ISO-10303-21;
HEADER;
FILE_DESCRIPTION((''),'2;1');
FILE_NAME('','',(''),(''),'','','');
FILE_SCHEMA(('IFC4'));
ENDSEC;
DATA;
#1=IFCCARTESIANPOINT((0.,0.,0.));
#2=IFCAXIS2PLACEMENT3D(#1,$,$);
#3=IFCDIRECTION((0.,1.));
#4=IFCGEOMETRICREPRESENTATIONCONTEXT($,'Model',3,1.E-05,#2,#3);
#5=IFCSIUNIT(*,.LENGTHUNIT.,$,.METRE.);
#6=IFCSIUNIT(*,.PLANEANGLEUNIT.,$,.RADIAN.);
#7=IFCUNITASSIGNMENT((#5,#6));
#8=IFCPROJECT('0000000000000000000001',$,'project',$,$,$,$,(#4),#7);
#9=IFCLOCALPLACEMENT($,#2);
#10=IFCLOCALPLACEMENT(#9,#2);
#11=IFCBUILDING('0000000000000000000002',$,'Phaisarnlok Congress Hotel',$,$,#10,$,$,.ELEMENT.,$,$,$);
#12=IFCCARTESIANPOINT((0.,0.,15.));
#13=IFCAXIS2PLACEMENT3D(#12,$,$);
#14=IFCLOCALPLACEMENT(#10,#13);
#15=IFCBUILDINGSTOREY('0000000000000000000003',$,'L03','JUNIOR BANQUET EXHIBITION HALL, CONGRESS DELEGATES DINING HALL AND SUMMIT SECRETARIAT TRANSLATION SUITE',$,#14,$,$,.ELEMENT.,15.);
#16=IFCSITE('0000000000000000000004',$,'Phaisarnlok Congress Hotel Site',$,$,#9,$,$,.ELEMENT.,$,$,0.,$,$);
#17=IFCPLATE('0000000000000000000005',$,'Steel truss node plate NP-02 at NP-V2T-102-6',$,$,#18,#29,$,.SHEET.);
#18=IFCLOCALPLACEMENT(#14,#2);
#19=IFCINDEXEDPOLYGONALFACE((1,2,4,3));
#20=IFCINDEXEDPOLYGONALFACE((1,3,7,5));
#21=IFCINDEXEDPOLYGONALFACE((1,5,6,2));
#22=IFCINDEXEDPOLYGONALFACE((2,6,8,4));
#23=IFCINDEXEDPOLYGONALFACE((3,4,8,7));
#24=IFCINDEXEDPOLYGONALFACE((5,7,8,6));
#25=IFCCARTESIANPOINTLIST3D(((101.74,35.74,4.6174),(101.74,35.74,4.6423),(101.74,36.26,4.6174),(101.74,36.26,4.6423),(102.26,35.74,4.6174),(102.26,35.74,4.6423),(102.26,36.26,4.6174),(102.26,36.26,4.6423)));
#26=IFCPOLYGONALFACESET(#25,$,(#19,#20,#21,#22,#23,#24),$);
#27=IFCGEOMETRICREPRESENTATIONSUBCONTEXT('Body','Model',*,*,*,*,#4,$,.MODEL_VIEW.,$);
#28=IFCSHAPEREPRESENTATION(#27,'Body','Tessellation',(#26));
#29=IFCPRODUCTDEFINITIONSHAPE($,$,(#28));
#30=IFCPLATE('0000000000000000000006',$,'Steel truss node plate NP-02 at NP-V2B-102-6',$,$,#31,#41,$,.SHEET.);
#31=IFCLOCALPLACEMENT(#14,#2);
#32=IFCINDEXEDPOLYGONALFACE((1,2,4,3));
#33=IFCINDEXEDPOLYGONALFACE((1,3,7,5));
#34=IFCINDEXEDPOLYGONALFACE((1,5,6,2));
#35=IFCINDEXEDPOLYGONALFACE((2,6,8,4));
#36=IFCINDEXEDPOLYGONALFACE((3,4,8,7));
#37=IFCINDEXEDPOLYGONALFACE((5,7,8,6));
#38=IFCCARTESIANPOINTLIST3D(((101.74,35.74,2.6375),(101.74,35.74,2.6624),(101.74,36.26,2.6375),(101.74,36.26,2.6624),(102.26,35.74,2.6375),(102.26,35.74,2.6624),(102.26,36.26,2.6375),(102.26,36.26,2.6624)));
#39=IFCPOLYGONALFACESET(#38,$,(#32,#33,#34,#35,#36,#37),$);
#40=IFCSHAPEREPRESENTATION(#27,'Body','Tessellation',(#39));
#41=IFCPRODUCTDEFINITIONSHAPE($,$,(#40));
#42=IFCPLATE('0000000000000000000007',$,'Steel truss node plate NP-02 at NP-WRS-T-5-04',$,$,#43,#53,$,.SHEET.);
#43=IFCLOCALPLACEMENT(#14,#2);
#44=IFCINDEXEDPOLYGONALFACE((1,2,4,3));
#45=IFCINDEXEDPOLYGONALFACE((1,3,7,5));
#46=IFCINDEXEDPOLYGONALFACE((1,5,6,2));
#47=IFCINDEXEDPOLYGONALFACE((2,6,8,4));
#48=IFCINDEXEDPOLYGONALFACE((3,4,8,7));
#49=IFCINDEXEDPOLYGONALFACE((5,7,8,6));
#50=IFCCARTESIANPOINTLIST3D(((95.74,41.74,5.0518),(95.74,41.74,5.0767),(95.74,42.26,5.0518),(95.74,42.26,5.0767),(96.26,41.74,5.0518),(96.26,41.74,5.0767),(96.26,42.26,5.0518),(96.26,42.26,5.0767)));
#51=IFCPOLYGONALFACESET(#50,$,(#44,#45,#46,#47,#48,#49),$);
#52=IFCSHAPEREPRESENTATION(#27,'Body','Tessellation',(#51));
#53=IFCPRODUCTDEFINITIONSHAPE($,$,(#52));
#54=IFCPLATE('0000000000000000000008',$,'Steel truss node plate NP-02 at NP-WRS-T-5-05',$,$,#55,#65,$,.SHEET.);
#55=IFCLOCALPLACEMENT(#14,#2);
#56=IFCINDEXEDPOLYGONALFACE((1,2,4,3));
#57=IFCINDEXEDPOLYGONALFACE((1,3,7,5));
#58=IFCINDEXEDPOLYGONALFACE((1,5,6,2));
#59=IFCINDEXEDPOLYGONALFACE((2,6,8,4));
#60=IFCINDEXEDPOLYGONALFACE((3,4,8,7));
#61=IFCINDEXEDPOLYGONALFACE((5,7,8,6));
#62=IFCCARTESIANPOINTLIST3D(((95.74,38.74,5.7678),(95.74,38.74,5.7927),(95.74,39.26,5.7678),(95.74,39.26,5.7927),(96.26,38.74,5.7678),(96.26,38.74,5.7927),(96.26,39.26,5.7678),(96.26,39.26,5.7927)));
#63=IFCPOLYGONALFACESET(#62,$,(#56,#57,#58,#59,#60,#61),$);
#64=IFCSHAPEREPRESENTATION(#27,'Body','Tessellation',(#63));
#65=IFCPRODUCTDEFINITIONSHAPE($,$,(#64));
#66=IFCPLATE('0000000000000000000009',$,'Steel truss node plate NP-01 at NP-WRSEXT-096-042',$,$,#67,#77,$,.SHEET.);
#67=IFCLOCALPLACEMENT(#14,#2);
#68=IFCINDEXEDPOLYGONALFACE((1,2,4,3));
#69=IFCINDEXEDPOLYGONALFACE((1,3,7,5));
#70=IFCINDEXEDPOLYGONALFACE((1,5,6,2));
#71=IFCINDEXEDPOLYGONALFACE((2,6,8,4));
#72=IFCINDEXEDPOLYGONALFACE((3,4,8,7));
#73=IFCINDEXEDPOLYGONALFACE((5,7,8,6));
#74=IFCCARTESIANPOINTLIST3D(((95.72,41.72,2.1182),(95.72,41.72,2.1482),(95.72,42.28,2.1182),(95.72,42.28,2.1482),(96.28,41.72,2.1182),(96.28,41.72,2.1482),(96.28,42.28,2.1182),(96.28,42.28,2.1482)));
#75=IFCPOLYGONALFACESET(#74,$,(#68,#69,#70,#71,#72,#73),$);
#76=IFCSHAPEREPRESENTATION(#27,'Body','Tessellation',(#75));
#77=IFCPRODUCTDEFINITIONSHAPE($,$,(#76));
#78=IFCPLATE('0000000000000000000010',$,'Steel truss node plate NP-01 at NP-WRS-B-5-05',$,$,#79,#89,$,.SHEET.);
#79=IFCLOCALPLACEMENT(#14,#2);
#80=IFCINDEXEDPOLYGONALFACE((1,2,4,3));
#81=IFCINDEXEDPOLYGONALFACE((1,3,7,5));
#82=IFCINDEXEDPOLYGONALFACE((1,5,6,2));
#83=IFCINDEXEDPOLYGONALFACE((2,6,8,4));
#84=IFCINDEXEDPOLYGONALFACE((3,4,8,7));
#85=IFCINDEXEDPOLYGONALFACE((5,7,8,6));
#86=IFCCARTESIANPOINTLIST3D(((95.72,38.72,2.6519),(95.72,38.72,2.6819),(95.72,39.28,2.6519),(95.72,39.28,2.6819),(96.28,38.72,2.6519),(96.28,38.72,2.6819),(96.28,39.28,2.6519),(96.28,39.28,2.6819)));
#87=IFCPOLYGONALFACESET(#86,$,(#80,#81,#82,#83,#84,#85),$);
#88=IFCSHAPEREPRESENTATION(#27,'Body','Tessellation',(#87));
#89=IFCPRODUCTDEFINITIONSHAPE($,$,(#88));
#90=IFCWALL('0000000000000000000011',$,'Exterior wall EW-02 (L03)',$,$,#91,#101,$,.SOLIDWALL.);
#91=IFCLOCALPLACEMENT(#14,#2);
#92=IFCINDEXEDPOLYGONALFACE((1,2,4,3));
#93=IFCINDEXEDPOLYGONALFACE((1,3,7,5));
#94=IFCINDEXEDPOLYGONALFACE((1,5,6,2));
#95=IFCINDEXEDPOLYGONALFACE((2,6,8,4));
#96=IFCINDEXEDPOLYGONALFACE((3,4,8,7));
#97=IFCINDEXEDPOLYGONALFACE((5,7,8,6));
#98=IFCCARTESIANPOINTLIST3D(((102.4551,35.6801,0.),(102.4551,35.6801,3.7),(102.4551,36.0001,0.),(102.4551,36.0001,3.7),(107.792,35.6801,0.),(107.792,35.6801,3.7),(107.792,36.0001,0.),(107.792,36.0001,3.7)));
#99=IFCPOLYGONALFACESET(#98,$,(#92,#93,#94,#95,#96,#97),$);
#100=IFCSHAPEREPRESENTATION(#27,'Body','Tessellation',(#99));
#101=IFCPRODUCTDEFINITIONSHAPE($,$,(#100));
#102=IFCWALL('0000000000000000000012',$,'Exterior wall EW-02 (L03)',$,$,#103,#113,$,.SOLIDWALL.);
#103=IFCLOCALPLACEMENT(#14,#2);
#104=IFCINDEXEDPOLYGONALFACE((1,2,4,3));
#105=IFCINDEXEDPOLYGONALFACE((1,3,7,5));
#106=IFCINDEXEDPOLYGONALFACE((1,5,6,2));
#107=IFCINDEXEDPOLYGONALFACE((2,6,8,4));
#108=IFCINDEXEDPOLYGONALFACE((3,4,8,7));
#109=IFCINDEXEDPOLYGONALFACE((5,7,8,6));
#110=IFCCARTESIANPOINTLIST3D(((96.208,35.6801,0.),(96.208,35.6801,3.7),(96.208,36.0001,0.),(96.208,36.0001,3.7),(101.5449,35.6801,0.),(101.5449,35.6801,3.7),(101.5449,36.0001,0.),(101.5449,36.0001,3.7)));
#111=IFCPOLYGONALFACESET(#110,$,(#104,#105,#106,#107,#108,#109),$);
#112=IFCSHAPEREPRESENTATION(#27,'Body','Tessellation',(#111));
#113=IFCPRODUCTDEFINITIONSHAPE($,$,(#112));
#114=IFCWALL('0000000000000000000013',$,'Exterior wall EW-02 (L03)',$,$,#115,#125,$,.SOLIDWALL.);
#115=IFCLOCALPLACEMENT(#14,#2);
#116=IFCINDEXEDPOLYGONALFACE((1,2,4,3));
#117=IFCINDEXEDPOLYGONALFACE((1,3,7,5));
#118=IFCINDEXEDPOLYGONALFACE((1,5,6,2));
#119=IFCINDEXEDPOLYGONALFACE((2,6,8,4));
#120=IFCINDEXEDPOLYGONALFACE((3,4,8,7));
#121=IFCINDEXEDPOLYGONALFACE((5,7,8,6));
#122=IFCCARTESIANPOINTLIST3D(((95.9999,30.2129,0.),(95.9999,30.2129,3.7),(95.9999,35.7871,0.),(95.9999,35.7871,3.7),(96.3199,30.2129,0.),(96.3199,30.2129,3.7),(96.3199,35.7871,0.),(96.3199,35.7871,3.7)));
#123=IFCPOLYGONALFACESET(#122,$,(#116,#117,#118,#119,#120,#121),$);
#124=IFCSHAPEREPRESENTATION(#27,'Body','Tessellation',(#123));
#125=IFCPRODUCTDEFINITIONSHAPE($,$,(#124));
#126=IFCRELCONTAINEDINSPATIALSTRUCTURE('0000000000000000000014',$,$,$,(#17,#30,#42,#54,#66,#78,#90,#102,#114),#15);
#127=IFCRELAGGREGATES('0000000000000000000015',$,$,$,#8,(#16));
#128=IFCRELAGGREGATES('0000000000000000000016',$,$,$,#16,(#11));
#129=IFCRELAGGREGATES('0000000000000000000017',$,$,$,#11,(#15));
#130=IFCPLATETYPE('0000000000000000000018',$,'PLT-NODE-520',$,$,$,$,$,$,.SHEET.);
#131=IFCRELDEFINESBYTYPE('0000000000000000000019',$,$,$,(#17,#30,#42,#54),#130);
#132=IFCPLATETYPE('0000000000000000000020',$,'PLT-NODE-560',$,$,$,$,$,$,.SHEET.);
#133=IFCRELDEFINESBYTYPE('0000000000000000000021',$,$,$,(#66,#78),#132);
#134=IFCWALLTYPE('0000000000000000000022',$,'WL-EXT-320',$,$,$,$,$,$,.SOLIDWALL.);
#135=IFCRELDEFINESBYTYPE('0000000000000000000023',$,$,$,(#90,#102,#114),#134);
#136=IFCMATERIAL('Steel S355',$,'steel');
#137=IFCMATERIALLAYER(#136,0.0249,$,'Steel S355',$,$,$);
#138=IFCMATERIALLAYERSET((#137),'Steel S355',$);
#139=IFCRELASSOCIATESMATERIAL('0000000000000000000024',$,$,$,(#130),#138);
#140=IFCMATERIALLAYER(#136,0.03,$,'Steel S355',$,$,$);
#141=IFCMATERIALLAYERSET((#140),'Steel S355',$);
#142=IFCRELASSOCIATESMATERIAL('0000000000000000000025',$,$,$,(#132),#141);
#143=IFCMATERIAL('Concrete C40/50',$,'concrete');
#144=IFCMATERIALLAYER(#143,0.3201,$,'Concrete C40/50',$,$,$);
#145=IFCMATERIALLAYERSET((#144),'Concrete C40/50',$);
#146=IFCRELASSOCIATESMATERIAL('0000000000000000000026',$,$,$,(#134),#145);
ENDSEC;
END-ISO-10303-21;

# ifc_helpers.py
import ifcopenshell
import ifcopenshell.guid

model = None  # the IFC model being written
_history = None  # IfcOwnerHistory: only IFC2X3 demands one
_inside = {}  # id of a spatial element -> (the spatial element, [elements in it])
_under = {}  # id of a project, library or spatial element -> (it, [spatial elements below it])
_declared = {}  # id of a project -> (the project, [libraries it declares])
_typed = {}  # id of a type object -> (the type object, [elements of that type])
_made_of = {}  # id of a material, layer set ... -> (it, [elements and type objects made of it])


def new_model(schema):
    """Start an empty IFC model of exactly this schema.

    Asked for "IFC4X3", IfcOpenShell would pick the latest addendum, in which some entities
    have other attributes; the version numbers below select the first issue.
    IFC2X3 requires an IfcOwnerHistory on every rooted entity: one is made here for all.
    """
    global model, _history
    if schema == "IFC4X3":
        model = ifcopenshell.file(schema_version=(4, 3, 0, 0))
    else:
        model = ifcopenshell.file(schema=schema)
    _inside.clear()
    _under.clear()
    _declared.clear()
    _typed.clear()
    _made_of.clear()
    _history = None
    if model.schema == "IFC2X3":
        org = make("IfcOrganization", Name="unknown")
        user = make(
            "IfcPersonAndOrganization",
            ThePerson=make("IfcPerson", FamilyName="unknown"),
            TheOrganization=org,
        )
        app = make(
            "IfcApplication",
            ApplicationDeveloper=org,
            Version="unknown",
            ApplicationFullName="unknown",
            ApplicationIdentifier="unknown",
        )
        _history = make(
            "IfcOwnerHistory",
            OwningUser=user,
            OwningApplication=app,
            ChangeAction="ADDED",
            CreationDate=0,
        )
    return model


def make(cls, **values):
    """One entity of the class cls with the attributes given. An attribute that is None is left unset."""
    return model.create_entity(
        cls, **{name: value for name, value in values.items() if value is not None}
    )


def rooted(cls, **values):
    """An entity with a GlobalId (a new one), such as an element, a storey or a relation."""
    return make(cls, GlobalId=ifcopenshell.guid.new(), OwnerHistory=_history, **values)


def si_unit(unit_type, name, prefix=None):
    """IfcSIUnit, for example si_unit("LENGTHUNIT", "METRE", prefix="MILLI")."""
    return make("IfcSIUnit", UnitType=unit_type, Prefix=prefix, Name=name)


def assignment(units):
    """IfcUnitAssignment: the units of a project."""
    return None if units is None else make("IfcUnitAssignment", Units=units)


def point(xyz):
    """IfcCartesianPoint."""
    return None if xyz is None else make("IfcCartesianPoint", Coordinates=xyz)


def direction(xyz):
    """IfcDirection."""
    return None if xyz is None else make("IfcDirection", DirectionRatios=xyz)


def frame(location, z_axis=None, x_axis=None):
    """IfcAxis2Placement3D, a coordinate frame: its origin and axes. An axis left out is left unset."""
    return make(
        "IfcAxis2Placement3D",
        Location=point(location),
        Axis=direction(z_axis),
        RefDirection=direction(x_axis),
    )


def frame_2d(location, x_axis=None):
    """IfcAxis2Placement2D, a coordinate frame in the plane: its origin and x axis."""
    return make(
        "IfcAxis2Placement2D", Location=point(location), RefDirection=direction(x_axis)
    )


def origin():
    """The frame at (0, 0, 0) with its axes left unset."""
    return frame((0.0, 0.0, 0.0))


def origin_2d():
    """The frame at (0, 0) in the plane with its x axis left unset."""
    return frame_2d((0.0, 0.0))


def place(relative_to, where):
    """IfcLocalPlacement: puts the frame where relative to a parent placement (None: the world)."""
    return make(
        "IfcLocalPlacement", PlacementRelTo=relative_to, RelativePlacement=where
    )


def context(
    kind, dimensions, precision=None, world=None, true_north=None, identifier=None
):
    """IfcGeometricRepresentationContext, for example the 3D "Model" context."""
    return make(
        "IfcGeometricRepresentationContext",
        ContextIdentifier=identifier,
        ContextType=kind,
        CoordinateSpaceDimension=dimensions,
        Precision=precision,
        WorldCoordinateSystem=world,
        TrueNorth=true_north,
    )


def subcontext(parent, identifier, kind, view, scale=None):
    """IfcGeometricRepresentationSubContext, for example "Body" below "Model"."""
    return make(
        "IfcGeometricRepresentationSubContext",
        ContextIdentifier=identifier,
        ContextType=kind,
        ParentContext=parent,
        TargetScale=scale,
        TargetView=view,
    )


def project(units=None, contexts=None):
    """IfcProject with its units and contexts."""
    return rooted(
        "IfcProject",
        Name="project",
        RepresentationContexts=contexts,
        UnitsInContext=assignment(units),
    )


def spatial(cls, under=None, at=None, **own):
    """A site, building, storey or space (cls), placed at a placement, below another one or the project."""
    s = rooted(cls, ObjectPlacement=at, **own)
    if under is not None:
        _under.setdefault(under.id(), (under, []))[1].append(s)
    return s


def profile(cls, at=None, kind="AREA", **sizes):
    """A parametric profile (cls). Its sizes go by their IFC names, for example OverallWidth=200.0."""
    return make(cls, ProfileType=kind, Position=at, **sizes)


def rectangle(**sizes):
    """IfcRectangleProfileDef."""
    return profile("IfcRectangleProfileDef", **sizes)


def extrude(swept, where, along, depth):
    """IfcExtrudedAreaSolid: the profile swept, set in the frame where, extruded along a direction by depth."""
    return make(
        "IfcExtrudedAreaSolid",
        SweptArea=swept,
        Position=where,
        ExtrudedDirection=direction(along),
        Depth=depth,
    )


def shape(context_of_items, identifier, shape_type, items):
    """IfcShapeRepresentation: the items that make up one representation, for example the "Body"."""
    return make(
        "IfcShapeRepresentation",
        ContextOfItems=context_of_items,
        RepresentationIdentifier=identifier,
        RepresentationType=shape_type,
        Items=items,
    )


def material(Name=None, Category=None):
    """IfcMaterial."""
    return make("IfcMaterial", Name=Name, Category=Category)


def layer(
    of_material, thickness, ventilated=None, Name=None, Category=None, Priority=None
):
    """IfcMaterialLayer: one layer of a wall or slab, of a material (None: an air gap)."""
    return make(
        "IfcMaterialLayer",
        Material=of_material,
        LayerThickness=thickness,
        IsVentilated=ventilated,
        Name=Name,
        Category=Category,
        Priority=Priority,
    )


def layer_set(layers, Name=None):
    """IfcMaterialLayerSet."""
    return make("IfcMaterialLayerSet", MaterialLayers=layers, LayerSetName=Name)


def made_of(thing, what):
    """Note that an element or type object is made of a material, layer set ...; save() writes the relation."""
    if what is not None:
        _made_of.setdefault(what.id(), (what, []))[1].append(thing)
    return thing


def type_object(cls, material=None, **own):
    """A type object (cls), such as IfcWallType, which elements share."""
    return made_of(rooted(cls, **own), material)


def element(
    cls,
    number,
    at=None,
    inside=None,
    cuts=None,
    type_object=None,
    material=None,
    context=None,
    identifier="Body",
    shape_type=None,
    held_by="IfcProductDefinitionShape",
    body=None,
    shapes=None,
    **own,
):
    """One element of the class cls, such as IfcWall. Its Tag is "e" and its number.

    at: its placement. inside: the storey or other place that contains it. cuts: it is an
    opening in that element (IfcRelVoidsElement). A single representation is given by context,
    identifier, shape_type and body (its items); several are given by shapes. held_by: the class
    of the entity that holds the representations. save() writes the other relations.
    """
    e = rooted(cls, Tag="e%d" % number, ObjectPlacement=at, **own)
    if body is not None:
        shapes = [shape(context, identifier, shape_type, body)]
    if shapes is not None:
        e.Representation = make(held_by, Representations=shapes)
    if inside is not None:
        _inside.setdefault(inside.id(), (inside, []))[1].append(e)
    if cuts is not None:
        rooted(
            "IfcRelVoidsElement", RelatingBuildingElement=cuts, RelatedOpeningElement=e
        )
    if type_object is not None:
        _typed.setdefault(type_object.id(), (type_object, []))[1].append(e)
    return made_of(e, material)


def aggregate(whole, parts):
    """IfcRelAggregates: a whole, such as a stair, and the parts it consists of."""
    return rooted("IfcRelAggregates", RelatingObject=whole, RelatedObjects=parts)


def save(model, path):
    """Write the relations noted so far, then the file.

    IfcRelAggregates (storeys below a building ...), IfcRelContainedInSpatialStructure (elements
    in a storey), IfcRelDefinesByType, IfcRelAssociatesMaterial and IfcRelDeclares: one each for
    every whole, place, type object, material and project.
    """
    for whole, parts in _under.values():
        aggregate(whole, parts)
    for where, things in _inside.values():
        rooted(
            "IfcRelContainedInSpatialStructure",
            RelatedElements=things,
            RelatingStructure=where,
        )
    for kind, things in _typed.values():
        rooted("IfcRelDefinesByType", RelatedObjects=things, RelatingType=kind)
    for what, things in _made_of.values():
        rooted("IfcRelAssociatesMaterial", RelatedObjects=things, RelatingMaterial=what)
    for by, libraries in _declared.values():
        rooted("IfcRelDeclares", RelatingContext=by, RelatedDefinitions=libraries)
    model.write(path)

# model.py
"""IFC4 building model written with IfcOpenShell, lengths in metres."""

from ifc_helpers import new_model, si_unit, direction, frame, frame_2d, origin, origin_2d, place, context, subcontext, project, spatial, rectangle, extrude, material, layer, layer_set, type_object, element, save


model = new_model("IFC4")

# Units and contexts
model_context = context("Model", 3, precision=1e-05, world=origin(), true_north=direction((0.0, 1.0)))
body_context = subcontext(model_context, "Body", "Model", "MODEL_VIEW")
ifc_project = project(units=[si_unit("LENGTHUNIT", "METRE"), si_unit("PLANEANGLEUNIT", "RADIAN")], contexts=[model_context])

# Site, building, storey
site_placement = place(None, origin())
site = spatial("IfcSite", under=ifc_project, at=site_placement, Name="Phaisarnlok Congress Hotel Site", CompositionType="ELEMENT", RefElevation=0.0)
building_placement = place(site_placement, origin())
building = spatial("IfcBuilding", under=site, at=building_placement, Name="Phaisarnlok Congress Hotel", CompositionType="ELEMENT")
storey_placement = place(building_placement, frame((0.0, 0.0, 15.0)))
storey = spatial("IfcBuildingStorey", under=building, at=storey_placement, Name="L03", Description="JUNIOR BANQUET EXHIBITION HALL, CONGRESS DELEGATES DINING HALL AND SUMMIT SECRETARIAT TRANSLATION SUITE", CompositionType="ELEMENT", Elevation=15.0)

# Shared definitions
ifc_material_1 = material(Name="Steel S355", Category="steel")

# Shared definitions
ifc_material_2 = material(Name="Concrete C40/50", Category="concrete")

# Plates
ifc_layer_1 = layer(ifc_material_1, 0.0249, Name="Steel S355")
ifc_layer_set_1 = layer_set([ifc_layer_1], Name="Steel S355")
plate_type_1 = type_object("IfcPlateType", Name="PLT-NODE-520", PredefinedType="SHEET", material=ifc_layer_set_1)
for number, where, z_axis, x_axis, name in (
    (1, (102.0, 36.0, 4.6174), (0.0, 0.0, 1.0), (1.0, 0.0, 0.0), "Steel truss node plate NP-02 at NP-V2T-102-6"),
    (2, (102.0, 36.0, 2.6375), (0.0, 0.0, 1.0), (1.0, 0.0, 0.0), "Steel truss node plate NP-02 at NP-V2B-102-6"),
    (3, (96.0, 42.0, 5.0518), (0.0, 0.0, 1.0), (1.0, 0.0, 0.0), "Steel truss node plate NP-02 at NP-WRS-T-5-04"),
    (4, (96.0, 39.0, 5.7678), (0.0, 0.0, 1.0), (1.0, 0.0, 0.0), "Steel truss node plate NP-02 at NP-WRS-T-5-05"),
):
    element("IfcPlate", number, at=place(storey_placement, frame(where, z_axis=z_axis, x_axis=x_axis)), inside=storey, type_object=plate_type_1, Name=name, PredefinedType="SHEET", context=body_context, shape_type="SweptSolid", body=[
        extrude(rectangle(XDim=0.52, YDim=0.52, at=origin_2d()), origin(), (0.0, 0.0, 1.0), 0.0249),
    ])
ifc_layer_2 = layer(ifc_material_1, 0.03, Name="Steel S355")
ifc_layer_set_2 = layer_set([ifc_layer_2], Name="Steel S355")
plate_type_2 = type_object("IfcPlateType", Name="PLT-NODE-560", PredefinedType="SHEET", material=ifc_layer_set_2)
for number, where, z_axis, x_axis, name in (
    (5, (96.0, 42.0, 2.1182), (0.0, 0.0, 1.0), (1.0, 0.0, 0.0), "Steel truss node plate NP-01 at NP-WRSEXT-096-042"),
    (6, (96.0, 39.0, 2.6519), (0.0, 0.0, 1.0), (1.0, 0.0, 0.0), "Steel truss node plate NP-01 at NP-WRS-B-5-05"),
):
    element("IfcPlate", number, at=place(storey_placement, frame(where, z_axis=z_axis, x_axis=x_axis)), inside=storey, type_object=plate_type_2, Name=name, PredefinedType="SHEET", context=body_context, shape_type="SweptSolid", body=[
        extrude(rectangle(XDim=0.5601, YDim=0.5601, at=origin_2d()), origin(), (0.0, 0.0, 1.0), 0.03),
    ])

# Walls
ifc_layer_3 = layer(ifc_material_2, 0.3201, Name="Concrete C40/50")
ifc_layer_set_3 = layer_set([ifc_layer_3], Name="Concrete C40/50")
wall_type = type_object("IfcWallType", Name="WL-EXT-320", PredefinedType="SOLIDWALL", material=ifc_layer_set_3)
for number, where, z_axis, x_axis, name in (
    (7, (107.792, 35.8401, 0.0), (0.0, 0.0, 1.0), (-1.0, 0.0, 0.0), "Exterior wall EW-02 (L03)"),
    (8, (101.5449, 35.8401, 0.0), (0.0, 0.0, 1.0), (-1.0, 0.0, 0.0), "Exterior wall EW-02 (L03)"),
):
    element("IfcWall", number, at=place(storey_placement, frame(where, z_axis=z_axis, x_axis=x_axis)), inside=storey, type_object=wall_type, Name=name, PredefinedType="SOLIDWALL", context=body_context, shape_type="SweptSolid", body=[
        extrude(rectangle(XDim=5.3369, YDim=0.3201, at=frame_2d((2.6685, 0.0))), origin(), (0.0, 0.0, 1.0), 3.7),
    ])
wall_placement = place(storey_placement, frame((96.1599, 35.7871, 0.0), z_axis=(0.0, 0.0, 1.0), x_axis=(0.0, -1.0, 0.0)))
element("IfcWall", 9, at=wall_placement, inside=storey, type_object=wall_type, Name="Exterior wall EW-02 (L03)", PredefinedType="SOLIDWALL", context=body_context, shape_type="SweptSolid", body=[
    extrude(rectangle(XDim=5.5742, YDim=0.3201, at=frame_2d((2.7871, 0.0))), origin(), (0.0, 0.0, 1.0), 3.7),
])

save(model, "model.ifc")
